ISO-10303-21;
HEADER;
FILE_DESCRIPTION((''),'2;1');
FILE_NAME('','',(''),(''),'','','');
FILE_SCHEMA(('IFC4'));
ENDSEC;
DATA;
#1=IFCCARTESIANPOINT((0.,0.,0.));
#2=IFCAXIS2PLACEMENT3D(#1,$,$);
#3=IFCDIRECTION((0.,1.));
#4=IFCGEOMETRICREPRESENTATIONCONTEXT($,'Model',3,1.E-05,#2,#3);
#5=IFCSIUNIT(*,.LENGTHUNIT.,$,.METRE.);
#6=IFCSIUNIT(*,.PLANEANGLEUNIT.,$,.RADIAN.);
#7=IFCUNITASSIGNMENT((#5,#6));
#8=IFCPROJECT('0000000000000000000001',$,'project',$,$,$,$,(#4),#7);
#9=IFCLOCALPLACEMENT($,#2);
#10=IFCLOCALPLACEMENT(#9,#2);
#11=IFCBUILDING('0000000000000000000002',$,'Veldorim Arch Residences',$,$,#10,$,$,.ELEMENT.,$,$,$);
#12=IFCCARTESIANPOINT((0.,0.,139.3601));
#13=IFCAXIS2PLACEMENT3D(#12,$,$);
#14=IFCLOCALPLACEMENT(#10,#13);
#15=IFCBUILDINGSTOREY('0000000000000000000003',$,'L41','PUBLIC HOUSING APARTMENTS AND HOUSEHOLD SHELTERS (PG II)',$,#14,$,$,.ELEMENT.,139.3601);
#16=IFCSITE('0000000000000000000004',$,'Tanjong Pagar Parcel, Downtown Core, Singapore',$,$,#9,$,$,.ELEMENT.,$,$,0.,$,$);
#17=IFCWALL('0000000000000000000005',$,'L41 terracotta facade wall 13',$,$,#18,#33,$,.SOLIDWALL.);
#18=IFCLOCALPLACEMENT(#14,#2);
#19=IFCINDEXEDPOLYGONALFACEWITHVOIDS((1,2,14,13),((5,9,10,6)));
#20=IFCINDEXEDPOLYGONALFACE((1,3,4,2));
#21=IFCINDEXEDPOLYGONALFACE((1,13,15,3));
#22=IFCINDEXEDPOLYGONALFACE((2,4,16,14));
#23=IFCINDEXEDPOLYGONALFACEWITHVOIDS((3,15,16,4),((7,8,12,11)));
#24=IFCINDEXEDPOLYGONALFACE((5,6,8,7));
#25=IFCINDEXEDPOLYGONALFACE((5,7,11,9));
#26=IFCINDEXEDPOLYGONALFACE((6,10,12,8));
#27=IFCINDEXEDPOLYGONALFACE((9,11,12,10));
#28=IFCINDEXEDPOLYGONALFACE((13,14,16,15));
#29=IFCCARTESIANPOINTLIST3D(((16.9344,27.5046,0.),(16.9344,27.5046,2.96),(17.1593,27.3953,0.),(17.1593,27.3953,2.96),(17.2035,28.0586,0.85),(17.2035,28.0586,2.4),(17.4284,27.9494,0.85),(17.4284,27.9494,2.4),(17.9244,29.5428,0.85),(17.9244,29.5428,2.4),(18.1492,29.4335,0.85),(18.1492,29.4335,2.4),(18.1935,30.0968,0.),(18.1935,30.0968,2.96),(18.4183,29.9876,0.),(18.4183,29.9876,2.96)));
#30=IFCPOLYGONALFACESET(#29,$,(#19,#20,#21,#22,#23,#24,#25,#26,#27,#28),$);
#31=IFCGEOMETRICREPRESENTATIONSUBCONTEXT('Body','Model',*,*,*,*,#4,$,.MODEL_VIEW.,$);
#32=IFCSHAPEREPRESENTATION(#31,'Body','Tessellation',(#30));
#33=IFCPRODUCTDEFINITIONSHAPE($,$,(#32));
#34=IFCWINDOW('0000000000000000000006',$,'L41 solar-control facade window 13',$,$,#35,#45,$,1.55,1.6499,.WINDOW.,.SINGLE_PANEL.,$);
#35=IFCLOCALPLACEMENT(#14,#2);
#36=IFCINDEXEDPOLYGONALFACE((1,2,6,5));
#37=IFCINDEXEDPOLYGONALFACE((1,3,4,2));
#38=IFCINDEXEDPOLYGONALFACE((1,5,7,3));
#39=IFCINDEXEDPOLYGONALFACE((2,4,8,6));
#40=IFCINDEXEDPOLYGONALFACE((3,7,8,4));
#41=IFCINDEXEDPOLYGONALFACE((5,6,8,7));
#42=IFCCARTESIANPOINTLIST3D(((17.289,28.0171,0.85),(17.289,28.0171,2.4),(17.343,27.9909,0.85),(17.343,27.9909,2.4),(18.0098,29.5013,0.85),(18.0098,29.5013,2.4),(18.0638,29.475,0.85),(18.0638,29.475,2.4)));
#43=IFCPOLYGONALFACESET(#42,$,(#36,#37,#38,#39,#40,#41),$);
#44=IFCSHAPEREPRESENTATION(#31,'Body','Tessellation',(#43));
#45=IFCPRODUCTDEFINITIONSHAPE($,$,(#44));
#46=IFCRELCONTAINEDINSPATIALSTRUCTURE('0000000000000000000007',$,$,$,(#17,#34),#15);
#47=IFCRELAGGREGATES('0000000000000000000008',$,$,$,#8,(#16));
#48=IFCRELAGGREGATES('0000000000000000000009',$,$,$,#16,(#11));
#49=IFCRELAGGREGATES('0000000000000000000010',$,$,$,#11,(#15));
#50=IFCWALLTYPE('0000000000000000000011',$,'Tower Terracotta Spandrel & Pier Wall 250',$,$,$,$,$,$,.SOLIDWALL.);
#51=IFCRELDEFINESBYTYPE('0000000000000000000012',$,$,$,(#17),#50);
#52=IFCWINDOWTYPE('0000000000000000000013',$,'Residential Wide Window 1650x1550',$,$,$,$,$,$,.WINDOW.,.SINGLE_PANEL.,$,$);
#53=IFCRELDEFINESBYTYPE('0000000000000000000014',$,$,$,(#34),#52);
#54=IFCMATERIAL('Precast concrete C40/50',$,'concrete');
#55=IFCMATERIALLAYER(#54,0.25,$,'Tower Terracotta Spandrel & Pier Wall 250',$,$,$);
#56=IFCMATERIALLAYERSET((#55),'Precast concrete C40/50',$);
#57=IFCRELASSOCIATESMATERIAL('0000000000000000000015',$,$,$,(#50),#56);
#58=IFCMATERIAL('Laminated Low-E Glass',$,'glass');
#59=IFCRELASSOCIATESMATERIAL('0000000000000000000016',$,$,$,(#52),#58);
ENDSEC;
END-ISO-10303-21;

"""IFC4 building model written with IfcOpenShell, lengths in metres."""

from ifc_helpers import new_model, si_unit, direction, frame, frame_2d, origin, place, context, subcontext, project, spatial, rectangle, extrude, material, layer, layer_set, type_object, element, fill, save


model = new_model("IFC4")

# Units and contexts
model_context = context("Model", 3, precision=1e-05, world=origin(), true_north=direction((0.0, 1.0)))
body_context = subcontext(model_context, "Body", "Model", "MODEL_VIEW")
ifc_project = project(units=[si_unit("LENGTHUNIT", "METRE"), si_unit("PLANEANGLEUNIT", "RADIAN")], contexts=[model_context])

# Site, building, storey
site_placement = place(None, origin())
site = spatial("IfcSite", under=ifc_project, at=site_placement, Name="Tanjong Pagar Parcel, Downtown Core, Singapore", CompositionType="ELEMENT", RefElevation=0.0)
building_placement = place(site_placement, origin())
building = spatial("IfcBuilding", under=site, at=building_placement, Name="Veldorim Arch Residences", CompositionType="ELEMENT")
storey_placement = place(building_placement, frame((0.0, 0.0, 139.3601)))
storey = spatial("IfcBuildingStorey", under=building, at=storey_placement, Name="L41", Description="PUBLIC HOUSING APARTMENTS AND HOUSEHOLD SHELTERS (PG II)", CompositionType="ELEMENT", Elevation=139.3601)

# Shared definitions
ifc_material_1 = material(Name="Precast concrete C40/50", Category="concrete")
ifc_layer_1 = layer(ifc_material_1, 0.25, Name="Tower Terracotta Spandrel & Pier Wall 250")
ifc_layer_set_1 = layer_set([ifc_layer_1], Name="Precast concrete C40/50")
wall_type_1 = type_object("IfcWallType", Name="Tower Terracotta Spandrel & Pier Wall 250", PredefinedType="SOLIDWALL", material=ifc_layer_set_1)

# Shared definitions
ifc_material_2 = material(Name="Laminated Low-E Glass", Category="glass")
window_type = type_object("IfcWindowType", Name="Residential Wide Window 1650x1550", PartitioningType="SINGLE_PANEL", PredefinedType="WINDOW", material=ifc_material_2)

# Wall, opening, window
wall_1_placement = place(storey_placement, frame((17.0469, 27.45, 0.0), z_axis=(0.0, 0.0, 1.0), x_axis=(0.436882, 0.899519, 0.0)))
wall_1 = element("IfcWall", 1, at=wall_1_placement, inside=storey, type_object=wall_type_1, Name="L41 terracotta facade wall 13", PredefinedType="SOLIDWALL", context=body_context, shape_type="SweptSolid", body=[
    extrude(rectangle(XDim=2.8818, YDim=0.25, at=frame_2d((1.4409, 0.0))), origin(), (0.0, 0.0, 1.0), 2.96),
])
opening_1_placement = place(wall_1_placement, frame((0.616, 0.0, 0.8501)))
opening_1 = element("IfcOpeningElement", 2, at=opening_1_placement, cuts=wall_1, PredefinedType="OPENING", context=body_context, shape_type="SweptSolid", body=[
    extrude(rectangle(XDim=1.6499, YDim=1.55, at=frame_2d((0.825, 0.7749))), frame((0.0, 0.135, 0.0), z_axis=(0.0, -1.0, 0.0), x_axis=(1.0, 0.0, 0.0)), (0.0, 0.0, 1.0), 0.27),
])
window_1_placement = place(opening_1_placement, origin())
window_1 = element("IfcWindow", 3, at=window_1_placement, inside=storey, type_object=window_type, Name="L41 solar-control facade window 13", OverallHeight=1.55, OverallWidth=1.6499, PartitioningType="SINGLE_PANEL", PredefinedType="WINDOW", context=body_context, shape_type="SweptSolid", body=[
    extrude(rectangle(XDim=1.6499, YDim=1.55, at=frame_2d((0.825, 0.7749))), frame((0.0, 0.03, 0.0), z_axis=(0.0, -1.0, 0.0), x_axis=(1.0, 0.0, 0.0)), (0.0, 0.0, 1.0), 0.0601),
])
fill(opening_1, window_1)

save(model, "model.ifc")
